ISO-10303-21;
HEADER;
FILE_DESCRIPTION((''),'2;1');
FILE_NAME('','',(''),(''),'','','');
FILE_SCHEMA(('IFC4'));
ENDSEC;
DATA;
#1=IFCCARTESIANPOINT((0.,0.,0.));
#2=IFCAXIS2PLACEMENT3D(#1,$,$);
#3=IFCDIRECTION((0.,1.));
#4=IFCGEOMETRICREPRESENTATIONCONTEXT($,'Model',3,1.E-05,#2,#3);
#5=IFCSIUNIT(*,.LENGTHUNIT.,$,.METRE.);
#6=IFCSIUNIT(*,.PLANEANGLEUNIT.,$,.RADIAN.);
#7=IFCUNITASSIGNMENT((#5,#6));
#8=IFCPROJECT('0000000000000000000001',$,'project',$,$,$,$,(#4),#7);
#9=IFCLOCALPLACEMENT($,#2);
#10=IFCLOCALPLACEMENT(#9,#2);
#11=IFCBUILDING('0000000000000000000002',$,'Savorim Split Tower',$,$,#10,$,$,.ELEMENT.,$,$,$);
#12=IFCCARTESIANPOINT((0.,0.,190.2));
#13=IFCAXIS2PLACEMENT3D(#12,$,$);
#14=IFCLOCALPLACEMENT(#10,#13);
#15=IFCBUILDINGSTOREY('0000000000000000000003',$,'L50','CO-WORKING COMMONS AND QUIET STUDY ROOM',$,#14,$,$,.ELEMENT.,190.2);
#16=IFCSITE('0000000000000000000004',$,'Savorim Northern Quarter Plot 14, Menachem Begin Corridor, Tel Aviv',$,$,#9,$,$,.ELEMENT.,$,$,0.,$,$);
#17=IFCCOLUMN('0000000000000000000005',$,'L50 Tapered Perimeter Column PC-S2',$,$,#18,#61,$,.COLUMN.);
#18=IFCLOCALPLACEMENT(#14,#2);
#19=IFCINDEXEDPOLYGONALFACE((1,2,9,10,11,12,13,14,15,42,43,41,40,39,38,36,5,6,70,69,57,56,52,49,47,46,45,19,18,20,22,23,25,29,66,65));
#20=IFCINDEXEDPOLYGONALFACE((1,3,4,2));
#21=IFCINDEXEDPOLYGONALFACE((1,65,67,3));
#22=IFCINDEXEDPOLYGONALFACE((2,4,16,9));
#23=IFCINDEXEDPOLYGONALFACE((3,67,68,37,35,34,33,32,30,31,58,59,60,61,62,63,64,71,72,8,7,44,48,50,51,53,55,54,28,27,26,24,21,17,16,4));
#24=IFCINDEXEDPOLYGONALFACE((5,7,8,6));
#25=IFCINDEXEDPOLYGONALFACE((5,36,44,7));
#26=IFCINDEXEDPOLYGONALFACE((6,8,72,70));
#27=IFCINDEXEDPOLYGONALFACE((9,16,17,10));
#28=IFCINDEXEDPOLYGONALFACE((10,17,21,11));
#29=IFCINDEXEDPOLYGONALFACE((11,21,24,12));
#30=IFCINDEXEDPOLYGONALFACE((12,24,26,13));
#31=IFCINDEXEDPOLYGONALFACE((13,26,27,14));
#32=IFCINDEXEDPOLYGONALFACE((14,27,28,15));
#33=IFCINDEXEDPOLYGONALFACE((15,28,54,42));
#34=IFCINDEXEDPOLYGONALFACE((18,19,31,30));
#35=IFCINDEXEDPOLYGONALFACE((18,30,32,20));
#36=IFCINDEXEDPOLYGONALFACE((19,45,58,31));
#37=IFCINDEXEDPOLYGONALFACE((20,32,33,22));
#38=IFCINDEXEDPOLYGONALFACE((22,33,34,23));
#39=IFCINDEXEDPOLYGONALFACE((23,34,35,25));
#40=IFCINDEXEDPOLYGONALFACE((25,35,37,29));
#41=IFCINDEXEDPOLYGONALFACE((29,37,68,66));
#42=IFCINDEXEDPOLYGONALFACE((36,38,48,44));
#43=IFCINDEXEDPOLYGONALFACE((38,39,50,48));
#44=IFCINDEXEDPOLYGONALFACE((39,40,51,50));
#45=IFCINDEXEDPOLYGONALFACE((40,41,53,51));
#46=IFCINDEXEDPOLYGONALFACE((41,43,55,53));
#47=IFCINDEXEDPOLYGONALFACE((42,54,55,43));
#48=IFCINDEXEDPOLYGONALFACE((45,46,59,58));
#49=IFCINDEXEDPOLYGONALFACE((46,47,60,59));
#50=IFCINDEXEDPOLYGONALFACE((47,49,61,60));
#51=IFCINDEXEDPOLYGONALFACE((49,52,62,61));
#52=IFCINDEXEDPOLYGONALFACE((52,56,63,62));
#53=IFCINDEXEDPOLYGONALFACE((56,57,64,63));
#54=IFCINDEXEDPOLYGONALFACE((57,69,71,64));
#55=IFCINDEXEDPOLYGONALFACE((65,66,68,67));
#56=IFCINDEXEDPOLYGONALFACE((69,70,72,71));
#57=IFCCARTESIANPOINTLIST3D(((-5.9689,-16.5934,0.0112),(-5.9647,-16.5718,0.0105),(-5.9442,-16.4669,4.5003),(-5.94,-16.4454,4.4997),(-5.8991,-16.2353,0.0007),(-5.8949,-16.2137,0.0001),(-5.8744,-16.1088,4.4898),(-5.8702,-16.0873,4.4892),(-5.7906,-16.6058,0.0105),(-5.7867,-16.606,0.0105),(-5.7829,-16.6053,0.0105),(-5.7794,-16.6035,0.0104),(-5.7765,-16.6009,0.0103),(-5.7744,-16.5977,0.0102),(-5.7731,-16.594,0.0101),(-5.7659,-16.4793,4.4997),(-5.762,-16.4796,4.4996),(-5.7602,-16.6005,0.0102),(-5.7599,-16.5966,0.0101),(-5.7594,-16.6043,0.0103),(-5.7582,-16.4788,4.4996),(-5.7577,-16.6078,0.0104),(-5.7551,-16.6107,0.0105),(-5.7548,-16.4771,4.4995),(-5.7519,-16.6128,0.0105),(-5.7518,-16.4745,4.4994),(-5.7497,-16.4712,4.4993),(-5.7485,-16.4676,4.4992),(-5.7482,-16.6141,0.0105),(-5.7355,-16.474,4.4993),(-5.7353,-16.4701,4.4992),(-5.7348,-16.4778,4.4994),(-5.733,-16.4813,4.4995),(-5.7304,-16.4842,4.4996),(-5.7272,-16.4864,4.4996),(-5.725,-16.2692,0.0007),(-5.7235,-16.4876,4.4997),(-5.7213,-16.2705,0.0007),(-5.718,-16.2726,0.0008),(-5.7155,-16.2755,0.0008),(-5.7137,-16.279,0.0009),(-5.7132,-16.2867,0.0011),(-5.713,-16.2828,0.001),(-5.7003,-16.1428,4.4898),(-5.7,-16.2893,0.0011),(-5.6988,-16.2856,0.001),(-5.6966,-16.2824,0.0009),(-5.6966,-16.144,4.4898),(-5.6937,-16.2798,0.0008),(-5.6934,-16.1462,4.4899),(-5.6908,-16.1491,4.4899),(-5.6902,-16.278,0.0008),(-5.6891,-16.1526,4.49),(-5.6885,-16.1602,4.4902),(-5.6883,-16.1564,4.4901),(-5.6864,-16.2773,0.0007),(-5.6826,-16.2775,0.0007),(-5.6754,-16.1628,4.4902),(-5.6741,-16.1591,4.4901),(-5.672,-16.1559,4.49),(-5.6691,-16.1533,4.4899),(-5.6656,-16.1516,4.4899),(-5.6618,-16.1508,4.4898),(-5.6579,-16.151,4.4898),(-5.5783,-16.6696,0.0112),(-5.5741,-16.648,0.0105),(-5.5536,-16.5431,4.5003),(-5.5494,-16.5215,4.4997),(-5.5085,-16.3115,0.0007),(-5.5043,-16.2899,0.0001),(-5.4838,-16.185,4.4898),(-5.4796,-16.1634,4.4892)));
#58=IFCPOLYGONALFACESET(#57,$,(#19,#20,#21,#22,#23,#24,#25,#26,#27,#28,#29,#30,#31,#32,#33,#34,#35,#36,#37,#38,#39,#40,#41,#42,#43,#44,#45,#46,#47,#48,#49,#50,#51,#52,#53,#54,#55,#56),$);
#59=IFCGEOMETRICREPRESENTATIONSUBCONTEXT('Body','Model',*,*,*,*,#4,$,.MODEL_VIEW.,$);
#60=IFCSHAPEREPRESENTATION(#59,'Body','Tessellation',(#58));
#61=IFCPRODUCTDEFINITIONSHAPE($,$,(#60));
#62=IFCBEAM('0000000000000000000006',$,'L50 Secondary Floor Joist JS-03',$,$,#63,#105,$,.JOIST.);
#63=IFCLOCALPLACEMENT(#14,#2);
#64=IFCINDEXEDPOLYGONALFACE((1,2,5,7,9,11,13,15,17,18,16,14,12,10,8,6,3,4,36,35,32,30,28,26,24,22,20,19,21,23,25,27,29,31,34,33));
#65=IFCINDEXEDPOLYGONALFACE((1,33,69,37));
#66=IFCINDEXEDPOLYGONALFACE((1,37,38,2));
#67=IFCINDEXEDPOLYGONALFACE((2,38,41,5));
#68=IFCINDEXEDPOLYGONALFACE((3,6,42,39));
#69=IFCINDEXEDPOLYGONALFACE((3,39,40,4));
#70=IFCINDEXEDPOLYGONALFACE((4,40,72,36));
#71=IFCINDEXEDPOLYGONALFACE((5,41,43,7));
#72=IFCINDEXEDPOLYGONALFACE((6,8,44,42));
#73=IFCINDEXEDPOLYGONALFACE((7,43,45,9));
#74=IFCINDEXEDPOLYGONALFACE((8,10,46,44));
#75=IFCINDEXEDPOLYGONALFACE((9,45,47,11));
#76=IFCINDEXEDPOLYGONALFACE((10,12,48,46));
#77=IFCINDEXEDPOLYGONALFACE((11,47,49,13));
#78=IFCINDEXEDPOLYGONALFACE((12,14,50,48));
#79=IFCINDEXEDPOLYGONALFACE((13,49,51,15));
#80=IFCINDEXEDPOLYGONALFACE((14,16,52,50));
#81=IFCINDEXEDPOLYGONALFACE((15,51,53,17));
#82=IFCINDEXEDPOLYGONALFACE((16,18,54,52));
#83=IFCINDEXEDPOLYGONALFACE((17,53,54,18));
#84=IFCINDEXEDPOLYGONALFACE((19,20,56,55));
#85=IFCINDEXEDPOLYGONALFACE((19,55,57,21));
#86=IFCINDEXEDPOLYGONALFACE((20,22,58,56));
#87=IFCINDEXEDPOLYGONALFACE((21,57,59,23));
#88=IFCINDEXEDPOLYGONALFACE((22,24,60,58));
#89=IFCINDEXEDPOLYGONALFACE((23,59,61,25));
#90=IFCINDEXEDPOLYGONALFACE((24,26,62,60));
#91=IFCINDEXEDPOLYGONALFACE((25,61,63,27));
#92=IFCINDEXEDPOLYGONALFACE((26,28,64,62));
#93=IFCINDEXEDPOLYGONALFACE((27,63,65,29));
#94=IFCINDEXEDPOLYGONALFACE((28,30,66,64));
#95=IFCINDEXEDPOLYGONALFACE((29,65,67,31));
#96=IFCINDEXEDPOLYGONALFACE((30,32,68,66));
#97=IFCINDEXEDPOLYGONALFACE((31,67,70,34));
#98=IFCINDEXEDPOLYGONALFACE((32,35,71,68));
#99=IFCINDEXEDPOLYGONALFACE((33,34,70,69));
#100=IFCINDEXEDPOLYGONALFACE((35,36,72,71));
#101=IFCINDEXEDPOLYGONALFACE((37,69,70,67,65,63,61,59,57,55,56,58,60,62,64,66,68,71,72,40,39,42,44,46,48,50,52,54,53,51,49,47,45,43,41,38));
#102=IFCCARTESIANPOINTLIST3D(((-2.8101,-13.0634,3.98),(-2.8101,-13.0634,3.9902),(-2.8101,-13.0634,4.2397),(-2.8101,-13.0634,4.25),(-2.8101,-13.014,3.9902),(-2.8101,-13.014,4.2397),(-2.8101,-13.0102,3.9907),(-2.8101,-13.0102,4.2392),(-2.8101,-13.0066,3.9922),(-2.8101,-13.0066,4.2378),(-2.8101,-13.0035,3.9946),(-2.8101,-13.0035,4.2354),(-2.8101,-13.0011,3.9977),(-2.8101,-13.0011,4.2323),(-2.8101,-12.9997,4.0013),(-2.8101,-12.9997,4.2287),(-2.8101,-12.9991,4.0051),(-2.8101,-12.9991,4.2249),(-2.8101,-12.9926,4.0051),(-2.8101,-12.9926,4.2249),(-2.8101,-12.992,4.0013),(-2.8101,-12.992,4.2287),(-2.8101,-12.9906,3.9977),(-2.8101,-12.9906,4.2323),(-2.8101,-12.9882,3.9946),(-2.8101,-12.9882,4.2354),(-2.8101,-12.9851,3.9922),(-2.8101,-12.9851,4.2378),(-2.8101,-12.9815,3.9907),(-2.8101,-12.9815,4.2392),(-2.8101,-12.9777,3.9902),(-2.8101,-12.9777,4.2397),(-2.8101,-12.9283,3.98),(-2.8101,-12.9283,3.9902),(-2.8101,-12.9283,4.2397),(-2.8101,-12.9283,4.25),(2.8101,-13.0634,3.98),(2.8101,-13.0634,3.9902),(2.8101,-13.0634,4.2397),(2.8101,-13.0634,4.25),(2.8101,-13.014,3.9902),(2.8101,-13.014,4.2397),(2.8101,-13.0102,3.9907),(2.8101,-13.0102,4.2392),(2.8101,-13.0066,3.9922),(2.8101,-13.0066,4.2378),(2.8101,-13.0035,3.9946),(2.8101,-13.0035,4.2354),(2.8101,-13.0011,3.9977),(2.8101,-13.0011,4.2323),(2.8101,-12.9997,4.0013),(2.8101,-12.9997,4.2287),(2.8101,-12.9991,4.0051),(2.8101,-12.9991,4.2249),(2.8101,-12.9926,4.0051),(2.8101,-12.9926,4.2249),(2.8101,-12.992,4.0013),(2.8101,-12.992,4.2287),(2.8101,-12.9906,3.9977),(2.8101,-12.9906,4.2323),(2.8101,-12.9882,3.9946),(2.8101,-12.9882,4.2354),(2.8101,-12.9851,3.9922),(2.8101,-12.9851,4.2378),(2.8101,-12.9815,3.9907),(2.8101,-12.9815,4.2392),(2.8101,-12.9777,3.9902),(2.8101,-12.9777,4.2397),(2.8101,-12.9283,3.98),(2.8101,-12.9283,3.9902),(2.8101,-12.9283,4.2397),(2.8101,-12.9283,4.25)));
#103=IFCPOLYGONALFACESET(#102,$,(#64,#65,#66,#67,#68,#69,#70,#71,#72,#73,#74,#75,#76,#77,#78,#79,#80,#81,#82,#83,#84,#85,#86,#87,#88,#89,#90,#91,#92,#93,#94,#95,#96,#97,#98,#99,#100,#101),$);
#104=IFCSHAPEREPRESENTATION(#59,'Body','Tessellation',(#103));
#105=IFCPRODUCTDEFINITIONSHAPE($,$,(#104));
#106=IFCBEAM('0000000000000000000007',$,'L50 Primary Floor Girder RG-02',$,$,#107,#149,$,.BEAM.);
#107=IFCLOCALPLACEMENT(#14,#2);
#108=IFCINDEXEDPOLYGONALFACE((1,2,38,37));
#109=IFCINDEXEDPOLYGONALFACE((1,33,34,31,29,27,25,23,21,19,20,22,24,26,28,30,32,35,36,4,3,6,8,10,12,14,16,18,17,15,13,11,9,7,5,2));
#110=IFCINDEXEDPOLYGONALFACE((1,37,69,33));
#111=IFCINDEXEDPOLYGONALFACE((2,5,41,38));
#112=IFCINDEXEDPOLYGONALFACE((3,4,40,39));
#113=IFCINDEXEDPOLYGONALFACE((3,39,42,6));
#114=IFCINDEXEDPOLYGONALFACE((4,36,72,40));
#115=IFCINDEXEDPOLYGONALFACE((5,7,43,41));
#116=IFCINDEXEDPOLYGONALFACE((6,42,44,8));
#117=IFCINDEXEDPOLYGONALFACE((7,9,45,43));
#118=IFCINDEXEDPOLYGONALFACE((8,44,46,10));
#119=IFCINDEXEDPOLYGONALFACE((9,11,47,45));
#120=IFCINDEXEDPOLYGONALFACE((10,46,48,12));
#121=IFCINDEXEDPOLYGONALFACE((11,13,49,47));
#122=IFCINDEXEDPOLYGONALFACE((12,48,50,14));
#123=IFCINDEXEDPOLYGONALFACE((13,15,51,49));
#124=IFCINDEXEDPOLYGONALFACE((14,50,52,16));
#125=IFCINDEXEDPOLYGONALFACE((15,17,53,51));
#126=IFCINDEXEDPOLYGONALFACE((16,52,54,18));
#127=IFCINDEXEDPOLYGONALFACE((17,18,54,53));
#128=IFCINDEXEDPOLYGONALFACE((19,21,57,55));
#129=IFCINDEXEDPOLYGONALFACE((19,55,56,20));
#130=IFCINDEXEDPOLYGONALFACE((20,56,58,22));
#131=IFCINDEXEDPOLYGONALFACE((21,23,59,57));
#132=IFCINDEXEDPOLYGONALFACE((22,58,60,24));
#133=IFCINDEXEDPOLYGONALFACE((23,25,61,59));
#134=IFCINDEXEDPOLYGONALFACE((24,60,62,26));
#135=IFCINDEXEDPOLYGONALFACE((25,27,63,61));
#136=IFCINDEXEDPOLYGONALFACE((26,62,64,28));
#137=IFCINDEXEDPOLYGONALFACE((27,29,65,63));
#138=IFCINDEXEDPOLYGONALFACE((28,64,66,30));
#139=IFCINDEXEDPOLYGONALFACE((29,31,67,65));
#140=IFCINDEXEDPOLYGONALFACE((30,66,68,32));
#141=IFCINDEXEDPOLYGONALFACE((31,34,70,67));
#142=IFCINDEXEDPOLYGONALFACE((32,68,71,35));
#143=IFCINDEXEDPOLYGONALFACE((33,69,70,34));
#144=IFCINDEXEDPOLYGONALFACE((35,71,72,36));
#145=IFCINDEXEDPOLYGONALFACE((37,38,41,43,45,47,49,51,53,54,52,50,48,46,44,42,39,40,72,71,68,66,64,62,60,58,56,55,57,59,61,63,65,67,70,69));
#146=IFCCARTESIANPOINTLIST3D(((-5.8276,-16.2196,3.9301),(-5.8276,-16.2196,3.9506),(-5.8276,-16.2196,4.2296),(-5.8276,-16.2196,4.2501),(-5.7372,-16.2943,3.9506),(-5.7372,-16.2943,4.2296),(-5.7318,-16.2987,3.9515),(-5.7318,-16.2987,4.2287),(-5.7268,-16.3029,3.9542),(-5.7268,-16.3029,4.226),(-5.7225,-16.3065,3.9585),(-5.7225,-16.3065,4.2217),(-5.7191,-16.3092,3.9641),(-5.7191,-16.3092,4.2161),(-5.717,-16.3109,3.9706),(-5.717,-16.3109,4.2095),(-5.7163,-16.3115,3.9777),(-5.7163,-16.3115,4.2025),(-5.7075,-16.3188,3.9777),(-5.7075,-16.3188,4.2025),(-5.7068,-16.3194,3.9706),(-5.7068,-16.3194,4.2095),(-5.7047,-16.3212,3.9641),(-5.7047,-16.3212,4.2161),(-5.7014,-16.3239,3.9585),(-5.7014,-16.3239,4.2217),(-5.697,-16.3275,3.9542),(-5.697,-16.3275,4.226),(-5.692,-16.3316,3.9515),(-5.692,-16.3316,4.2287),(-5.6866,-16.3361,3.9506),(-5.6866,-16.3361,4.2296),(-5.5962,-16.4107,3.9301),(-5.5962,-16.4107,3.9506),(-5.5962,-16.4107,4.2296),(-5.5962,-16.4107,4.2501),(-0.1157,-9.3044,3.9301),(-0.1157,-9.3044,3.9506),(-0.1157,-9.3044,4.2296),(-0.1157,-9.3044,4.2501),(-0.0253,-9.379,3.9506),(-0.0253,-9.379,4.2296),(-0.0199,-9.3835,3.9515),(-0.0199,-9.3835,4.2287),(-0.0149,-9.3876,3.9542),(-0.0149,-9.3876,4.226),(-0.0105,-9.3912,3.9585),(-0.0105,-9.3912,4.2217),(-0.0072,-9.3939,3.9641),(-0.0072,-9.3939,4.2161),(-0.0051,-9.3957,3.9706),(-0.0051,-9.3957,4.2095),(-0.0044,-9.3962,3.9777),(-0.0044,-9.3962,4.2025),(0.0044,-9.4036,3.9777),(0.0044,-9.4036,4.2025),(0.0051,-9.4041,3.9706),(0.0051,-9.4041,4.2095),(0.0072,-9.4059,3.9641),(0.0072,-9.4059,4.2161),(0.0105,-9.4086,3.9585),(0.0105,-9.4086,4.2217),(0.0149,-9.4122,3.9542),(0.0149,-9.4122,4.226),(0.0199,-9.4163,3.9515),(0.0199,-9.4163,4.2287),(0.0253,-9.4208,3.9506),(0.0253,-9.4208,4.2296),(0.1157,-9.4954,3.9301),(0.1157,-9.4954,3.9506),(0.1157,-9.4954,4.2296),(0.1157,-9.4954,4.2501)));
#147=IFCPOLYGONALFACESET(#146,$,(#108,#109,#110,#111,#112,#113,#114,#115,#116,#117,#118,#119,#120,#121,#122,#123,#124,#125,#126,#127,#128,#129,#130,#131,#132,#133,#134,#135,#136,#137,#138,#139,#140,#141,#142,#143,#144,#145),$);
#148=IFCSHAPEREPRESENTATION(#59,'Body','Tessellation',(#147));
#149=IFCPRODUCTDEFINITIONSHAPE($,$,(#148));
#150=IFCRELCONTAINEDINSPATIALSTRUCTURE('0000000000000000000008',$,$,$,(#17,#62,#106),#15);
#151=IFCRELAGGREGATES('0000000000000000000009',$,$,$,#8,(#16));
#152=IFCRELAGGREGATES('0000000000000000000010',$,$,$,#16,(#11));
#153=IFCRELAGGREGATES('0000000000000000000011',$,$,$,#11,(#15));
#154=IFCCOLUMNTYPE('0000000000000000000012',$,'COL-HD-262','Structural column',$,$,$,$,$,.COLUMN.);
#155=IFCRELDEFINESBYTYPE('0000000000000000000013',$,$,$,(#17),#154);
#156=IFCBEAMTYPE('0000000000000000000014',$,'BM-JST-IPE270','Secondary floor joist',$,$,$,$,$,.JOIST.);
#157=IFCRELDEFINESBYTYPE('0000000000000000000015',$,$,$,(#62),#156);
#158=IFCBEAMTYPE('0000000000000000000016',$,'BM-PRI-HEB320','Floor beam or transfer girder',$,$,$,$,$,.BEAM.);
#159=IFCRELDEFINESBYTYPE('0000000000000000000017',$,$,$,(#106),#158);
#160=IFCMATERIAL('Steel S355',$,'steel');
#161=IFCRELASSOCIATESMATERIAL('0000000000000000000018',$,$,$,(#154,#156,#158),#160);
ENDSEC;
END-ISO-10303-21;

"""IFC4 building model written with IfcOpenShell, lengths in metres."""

from ifc_helpers import new_model, si_unit, direction, frame, origin, origin_2d, place, context, subcontext, project, spatial, i_section, extrude, material, material_profile, profile_set, type_object, element, save


model = new_model("IFC4")

# Units and contexts
model_context = context("Model", 3, precision=1e-05, world=origin(), true_north=direction((0.0, 1.0)))
body_context = subcontext(model_context, "Body", "Model", "MODEL_VIEW")
ifc_project = project(units=[si_unit("LENGTHUNIT", "METRE"), si_unit("PLANEANGLEUNIT", "RADIAN")], contexts=[model_context])

# Site, building, storey
site_placement = place(None, origin())
site = spatial("IfcSite", under=ifc_project, at=site_placement, Name="Savorim Northern Quarter Plot 14, Menachem Begin Corridor, Tel Aviv", CompositionType="ELEMENT", RefElevation=0.0)
building_placement = place(site_placement, origin())
building = spatial("IfcBuilding", under=site, at=building_placement, Name="Savorim Split Tower", CompositionType="ELEMENT")
storey_placement = place(building_placement, frame((0.0, 0.0, 190.2)))
storey = spatial("IfcBuildingStorey", under=building, at=storey_placement, Name="L50", Description="CO-WORKING COMMONS AND QUIET STUDY ROOM", CompositionType="ELEMENT", Elevation=190.2)

# Column
ifc_material_1 = material(Name="Steel S355", Category="steel")
ifc_material_profile_1 = material_profile(ifc_material_1, i_section(OverallWidth=0.3979, OverallDepth=0.387, WebThickness=0.0134, FlangeThickness=0.022, FilletRadius=0.0149, at=origin_2d()), Name="HD 400x262")
ifc_profile_set_1 = profile_set([ifc_material_profile_1], Name="Steel S355")
column_type = type_object("IfcColumnType", Name="COL-HD-262", Description="Structural column", PredefinedType="COLUMN", material=ifc_profile_set_1)
column_placement = place(storey_placement, frame((-5.7366, -16.4417, 0.0056), z_axis=(0.005491, 0.02816, 0.999588), x_axis=(-0.981517, 0.191377, 0.0)))
element("IfcColumn", 1, at=column_placement, inside=storey, type_object=column_type, Name="L50 Tapered Perimeter Column PC-S2", PredefinedType="COLUMN", context=body_context, shape_type="SweptSolid", body=[
    extrude(i_section(OverallWidth=0.3979, OverallDepth=0.387, WebThickness=0.0134, FlangeThickness=0.022, FilletRadius=0.0149, at=origin_2d()), origin(), (0.0, 0.0, 1.0), 4.491),
])

# Beams
ifc_material_profile_2 = material_profile(ifc_material_1, i_section(OverallWidth=0.135, OverallDepth=0.27, WebThickness=0.0066, FlangeThickness=0.0103, FilletRadius=0.0149, at=origin_2d()), Name="IPE 270")
ifc_profile_set_2 = profile_set([ifc_material_profile_2], Name="Steel S355")
beam_type_1 = type_object("IfcBeamType", Name="BM-JST-IPE270", Description="Secondary floor joist", PredefinedType="JOIST", material=ifc_profile_set_2)
beam_1_placement = place(storey_placement, frame((-2.8101, -12.9958, 4.115), z_axis=(1.0, 0.0, 0.0), x_axis=(0.0, 1.0, 0.0)))
element("IfcBeam", 2, at=beam_1_placement, inside=storey, type_object=beam_type_1, Name="L50 Secondary Floor Joist JS-03", PredefinedType="JOIST", context=body_context, shape_type="SweptSolid", body=[
    extrude(i_section(OverallWidth=0.135, OverallDepth=0.27, WebThickness=0.0066, FlangeThickness=0.0103, FilletRadius=0.0149, at=origin_2d()), origin(), (0.0, 0.0, 1.0), 5.6201),
])
ifc_material_profile_3 = material_profile(ifc_material_1, i_section(OverallWidth=0.3, OverallDepth=0.3201, WebThickness=0.0115, FlangeThickness=0.0205, FilletRadius=0.0271, at=origin_2d()), Name="HEB 320")
ifc_profile_set_3 = profile_set([ifc_material_profile_3], Name="Steel S355")
beam_type_2 = type_object("IfcBeamType", Name="BM-PRI-HEB320", Description="Floor beam or transfer girder", PredefinedType="BEAM", material=ifc_profile_set_3)
beam_2_placement = place(storey_placement, frame((-5.7119, -16.3152, 4.0901), z_axis=(0.636834, 0.771001, 0.0), x_axis=(-0.771001, 0.636834, 0.0)))
element("IfcBeam", 3, at=beam_2_placement, inside=storey, type_object=beam_type_2, Name="L50 Primary Floor Girder RG-02", PredefinedType="BEAM", context=body_context, shape_type="SweptSolid", body=[
    extrude(i_section(OverallWidth=0.3, OverallDepth=0.3201, WebThickness=0.0115, FlangeThickness=0.0205, FilletRadius=0.0271, at=origin_2d()), origin(), (0.0, 0.0, 1.0), 8.9692),
])

save(model, "model.ifc")
